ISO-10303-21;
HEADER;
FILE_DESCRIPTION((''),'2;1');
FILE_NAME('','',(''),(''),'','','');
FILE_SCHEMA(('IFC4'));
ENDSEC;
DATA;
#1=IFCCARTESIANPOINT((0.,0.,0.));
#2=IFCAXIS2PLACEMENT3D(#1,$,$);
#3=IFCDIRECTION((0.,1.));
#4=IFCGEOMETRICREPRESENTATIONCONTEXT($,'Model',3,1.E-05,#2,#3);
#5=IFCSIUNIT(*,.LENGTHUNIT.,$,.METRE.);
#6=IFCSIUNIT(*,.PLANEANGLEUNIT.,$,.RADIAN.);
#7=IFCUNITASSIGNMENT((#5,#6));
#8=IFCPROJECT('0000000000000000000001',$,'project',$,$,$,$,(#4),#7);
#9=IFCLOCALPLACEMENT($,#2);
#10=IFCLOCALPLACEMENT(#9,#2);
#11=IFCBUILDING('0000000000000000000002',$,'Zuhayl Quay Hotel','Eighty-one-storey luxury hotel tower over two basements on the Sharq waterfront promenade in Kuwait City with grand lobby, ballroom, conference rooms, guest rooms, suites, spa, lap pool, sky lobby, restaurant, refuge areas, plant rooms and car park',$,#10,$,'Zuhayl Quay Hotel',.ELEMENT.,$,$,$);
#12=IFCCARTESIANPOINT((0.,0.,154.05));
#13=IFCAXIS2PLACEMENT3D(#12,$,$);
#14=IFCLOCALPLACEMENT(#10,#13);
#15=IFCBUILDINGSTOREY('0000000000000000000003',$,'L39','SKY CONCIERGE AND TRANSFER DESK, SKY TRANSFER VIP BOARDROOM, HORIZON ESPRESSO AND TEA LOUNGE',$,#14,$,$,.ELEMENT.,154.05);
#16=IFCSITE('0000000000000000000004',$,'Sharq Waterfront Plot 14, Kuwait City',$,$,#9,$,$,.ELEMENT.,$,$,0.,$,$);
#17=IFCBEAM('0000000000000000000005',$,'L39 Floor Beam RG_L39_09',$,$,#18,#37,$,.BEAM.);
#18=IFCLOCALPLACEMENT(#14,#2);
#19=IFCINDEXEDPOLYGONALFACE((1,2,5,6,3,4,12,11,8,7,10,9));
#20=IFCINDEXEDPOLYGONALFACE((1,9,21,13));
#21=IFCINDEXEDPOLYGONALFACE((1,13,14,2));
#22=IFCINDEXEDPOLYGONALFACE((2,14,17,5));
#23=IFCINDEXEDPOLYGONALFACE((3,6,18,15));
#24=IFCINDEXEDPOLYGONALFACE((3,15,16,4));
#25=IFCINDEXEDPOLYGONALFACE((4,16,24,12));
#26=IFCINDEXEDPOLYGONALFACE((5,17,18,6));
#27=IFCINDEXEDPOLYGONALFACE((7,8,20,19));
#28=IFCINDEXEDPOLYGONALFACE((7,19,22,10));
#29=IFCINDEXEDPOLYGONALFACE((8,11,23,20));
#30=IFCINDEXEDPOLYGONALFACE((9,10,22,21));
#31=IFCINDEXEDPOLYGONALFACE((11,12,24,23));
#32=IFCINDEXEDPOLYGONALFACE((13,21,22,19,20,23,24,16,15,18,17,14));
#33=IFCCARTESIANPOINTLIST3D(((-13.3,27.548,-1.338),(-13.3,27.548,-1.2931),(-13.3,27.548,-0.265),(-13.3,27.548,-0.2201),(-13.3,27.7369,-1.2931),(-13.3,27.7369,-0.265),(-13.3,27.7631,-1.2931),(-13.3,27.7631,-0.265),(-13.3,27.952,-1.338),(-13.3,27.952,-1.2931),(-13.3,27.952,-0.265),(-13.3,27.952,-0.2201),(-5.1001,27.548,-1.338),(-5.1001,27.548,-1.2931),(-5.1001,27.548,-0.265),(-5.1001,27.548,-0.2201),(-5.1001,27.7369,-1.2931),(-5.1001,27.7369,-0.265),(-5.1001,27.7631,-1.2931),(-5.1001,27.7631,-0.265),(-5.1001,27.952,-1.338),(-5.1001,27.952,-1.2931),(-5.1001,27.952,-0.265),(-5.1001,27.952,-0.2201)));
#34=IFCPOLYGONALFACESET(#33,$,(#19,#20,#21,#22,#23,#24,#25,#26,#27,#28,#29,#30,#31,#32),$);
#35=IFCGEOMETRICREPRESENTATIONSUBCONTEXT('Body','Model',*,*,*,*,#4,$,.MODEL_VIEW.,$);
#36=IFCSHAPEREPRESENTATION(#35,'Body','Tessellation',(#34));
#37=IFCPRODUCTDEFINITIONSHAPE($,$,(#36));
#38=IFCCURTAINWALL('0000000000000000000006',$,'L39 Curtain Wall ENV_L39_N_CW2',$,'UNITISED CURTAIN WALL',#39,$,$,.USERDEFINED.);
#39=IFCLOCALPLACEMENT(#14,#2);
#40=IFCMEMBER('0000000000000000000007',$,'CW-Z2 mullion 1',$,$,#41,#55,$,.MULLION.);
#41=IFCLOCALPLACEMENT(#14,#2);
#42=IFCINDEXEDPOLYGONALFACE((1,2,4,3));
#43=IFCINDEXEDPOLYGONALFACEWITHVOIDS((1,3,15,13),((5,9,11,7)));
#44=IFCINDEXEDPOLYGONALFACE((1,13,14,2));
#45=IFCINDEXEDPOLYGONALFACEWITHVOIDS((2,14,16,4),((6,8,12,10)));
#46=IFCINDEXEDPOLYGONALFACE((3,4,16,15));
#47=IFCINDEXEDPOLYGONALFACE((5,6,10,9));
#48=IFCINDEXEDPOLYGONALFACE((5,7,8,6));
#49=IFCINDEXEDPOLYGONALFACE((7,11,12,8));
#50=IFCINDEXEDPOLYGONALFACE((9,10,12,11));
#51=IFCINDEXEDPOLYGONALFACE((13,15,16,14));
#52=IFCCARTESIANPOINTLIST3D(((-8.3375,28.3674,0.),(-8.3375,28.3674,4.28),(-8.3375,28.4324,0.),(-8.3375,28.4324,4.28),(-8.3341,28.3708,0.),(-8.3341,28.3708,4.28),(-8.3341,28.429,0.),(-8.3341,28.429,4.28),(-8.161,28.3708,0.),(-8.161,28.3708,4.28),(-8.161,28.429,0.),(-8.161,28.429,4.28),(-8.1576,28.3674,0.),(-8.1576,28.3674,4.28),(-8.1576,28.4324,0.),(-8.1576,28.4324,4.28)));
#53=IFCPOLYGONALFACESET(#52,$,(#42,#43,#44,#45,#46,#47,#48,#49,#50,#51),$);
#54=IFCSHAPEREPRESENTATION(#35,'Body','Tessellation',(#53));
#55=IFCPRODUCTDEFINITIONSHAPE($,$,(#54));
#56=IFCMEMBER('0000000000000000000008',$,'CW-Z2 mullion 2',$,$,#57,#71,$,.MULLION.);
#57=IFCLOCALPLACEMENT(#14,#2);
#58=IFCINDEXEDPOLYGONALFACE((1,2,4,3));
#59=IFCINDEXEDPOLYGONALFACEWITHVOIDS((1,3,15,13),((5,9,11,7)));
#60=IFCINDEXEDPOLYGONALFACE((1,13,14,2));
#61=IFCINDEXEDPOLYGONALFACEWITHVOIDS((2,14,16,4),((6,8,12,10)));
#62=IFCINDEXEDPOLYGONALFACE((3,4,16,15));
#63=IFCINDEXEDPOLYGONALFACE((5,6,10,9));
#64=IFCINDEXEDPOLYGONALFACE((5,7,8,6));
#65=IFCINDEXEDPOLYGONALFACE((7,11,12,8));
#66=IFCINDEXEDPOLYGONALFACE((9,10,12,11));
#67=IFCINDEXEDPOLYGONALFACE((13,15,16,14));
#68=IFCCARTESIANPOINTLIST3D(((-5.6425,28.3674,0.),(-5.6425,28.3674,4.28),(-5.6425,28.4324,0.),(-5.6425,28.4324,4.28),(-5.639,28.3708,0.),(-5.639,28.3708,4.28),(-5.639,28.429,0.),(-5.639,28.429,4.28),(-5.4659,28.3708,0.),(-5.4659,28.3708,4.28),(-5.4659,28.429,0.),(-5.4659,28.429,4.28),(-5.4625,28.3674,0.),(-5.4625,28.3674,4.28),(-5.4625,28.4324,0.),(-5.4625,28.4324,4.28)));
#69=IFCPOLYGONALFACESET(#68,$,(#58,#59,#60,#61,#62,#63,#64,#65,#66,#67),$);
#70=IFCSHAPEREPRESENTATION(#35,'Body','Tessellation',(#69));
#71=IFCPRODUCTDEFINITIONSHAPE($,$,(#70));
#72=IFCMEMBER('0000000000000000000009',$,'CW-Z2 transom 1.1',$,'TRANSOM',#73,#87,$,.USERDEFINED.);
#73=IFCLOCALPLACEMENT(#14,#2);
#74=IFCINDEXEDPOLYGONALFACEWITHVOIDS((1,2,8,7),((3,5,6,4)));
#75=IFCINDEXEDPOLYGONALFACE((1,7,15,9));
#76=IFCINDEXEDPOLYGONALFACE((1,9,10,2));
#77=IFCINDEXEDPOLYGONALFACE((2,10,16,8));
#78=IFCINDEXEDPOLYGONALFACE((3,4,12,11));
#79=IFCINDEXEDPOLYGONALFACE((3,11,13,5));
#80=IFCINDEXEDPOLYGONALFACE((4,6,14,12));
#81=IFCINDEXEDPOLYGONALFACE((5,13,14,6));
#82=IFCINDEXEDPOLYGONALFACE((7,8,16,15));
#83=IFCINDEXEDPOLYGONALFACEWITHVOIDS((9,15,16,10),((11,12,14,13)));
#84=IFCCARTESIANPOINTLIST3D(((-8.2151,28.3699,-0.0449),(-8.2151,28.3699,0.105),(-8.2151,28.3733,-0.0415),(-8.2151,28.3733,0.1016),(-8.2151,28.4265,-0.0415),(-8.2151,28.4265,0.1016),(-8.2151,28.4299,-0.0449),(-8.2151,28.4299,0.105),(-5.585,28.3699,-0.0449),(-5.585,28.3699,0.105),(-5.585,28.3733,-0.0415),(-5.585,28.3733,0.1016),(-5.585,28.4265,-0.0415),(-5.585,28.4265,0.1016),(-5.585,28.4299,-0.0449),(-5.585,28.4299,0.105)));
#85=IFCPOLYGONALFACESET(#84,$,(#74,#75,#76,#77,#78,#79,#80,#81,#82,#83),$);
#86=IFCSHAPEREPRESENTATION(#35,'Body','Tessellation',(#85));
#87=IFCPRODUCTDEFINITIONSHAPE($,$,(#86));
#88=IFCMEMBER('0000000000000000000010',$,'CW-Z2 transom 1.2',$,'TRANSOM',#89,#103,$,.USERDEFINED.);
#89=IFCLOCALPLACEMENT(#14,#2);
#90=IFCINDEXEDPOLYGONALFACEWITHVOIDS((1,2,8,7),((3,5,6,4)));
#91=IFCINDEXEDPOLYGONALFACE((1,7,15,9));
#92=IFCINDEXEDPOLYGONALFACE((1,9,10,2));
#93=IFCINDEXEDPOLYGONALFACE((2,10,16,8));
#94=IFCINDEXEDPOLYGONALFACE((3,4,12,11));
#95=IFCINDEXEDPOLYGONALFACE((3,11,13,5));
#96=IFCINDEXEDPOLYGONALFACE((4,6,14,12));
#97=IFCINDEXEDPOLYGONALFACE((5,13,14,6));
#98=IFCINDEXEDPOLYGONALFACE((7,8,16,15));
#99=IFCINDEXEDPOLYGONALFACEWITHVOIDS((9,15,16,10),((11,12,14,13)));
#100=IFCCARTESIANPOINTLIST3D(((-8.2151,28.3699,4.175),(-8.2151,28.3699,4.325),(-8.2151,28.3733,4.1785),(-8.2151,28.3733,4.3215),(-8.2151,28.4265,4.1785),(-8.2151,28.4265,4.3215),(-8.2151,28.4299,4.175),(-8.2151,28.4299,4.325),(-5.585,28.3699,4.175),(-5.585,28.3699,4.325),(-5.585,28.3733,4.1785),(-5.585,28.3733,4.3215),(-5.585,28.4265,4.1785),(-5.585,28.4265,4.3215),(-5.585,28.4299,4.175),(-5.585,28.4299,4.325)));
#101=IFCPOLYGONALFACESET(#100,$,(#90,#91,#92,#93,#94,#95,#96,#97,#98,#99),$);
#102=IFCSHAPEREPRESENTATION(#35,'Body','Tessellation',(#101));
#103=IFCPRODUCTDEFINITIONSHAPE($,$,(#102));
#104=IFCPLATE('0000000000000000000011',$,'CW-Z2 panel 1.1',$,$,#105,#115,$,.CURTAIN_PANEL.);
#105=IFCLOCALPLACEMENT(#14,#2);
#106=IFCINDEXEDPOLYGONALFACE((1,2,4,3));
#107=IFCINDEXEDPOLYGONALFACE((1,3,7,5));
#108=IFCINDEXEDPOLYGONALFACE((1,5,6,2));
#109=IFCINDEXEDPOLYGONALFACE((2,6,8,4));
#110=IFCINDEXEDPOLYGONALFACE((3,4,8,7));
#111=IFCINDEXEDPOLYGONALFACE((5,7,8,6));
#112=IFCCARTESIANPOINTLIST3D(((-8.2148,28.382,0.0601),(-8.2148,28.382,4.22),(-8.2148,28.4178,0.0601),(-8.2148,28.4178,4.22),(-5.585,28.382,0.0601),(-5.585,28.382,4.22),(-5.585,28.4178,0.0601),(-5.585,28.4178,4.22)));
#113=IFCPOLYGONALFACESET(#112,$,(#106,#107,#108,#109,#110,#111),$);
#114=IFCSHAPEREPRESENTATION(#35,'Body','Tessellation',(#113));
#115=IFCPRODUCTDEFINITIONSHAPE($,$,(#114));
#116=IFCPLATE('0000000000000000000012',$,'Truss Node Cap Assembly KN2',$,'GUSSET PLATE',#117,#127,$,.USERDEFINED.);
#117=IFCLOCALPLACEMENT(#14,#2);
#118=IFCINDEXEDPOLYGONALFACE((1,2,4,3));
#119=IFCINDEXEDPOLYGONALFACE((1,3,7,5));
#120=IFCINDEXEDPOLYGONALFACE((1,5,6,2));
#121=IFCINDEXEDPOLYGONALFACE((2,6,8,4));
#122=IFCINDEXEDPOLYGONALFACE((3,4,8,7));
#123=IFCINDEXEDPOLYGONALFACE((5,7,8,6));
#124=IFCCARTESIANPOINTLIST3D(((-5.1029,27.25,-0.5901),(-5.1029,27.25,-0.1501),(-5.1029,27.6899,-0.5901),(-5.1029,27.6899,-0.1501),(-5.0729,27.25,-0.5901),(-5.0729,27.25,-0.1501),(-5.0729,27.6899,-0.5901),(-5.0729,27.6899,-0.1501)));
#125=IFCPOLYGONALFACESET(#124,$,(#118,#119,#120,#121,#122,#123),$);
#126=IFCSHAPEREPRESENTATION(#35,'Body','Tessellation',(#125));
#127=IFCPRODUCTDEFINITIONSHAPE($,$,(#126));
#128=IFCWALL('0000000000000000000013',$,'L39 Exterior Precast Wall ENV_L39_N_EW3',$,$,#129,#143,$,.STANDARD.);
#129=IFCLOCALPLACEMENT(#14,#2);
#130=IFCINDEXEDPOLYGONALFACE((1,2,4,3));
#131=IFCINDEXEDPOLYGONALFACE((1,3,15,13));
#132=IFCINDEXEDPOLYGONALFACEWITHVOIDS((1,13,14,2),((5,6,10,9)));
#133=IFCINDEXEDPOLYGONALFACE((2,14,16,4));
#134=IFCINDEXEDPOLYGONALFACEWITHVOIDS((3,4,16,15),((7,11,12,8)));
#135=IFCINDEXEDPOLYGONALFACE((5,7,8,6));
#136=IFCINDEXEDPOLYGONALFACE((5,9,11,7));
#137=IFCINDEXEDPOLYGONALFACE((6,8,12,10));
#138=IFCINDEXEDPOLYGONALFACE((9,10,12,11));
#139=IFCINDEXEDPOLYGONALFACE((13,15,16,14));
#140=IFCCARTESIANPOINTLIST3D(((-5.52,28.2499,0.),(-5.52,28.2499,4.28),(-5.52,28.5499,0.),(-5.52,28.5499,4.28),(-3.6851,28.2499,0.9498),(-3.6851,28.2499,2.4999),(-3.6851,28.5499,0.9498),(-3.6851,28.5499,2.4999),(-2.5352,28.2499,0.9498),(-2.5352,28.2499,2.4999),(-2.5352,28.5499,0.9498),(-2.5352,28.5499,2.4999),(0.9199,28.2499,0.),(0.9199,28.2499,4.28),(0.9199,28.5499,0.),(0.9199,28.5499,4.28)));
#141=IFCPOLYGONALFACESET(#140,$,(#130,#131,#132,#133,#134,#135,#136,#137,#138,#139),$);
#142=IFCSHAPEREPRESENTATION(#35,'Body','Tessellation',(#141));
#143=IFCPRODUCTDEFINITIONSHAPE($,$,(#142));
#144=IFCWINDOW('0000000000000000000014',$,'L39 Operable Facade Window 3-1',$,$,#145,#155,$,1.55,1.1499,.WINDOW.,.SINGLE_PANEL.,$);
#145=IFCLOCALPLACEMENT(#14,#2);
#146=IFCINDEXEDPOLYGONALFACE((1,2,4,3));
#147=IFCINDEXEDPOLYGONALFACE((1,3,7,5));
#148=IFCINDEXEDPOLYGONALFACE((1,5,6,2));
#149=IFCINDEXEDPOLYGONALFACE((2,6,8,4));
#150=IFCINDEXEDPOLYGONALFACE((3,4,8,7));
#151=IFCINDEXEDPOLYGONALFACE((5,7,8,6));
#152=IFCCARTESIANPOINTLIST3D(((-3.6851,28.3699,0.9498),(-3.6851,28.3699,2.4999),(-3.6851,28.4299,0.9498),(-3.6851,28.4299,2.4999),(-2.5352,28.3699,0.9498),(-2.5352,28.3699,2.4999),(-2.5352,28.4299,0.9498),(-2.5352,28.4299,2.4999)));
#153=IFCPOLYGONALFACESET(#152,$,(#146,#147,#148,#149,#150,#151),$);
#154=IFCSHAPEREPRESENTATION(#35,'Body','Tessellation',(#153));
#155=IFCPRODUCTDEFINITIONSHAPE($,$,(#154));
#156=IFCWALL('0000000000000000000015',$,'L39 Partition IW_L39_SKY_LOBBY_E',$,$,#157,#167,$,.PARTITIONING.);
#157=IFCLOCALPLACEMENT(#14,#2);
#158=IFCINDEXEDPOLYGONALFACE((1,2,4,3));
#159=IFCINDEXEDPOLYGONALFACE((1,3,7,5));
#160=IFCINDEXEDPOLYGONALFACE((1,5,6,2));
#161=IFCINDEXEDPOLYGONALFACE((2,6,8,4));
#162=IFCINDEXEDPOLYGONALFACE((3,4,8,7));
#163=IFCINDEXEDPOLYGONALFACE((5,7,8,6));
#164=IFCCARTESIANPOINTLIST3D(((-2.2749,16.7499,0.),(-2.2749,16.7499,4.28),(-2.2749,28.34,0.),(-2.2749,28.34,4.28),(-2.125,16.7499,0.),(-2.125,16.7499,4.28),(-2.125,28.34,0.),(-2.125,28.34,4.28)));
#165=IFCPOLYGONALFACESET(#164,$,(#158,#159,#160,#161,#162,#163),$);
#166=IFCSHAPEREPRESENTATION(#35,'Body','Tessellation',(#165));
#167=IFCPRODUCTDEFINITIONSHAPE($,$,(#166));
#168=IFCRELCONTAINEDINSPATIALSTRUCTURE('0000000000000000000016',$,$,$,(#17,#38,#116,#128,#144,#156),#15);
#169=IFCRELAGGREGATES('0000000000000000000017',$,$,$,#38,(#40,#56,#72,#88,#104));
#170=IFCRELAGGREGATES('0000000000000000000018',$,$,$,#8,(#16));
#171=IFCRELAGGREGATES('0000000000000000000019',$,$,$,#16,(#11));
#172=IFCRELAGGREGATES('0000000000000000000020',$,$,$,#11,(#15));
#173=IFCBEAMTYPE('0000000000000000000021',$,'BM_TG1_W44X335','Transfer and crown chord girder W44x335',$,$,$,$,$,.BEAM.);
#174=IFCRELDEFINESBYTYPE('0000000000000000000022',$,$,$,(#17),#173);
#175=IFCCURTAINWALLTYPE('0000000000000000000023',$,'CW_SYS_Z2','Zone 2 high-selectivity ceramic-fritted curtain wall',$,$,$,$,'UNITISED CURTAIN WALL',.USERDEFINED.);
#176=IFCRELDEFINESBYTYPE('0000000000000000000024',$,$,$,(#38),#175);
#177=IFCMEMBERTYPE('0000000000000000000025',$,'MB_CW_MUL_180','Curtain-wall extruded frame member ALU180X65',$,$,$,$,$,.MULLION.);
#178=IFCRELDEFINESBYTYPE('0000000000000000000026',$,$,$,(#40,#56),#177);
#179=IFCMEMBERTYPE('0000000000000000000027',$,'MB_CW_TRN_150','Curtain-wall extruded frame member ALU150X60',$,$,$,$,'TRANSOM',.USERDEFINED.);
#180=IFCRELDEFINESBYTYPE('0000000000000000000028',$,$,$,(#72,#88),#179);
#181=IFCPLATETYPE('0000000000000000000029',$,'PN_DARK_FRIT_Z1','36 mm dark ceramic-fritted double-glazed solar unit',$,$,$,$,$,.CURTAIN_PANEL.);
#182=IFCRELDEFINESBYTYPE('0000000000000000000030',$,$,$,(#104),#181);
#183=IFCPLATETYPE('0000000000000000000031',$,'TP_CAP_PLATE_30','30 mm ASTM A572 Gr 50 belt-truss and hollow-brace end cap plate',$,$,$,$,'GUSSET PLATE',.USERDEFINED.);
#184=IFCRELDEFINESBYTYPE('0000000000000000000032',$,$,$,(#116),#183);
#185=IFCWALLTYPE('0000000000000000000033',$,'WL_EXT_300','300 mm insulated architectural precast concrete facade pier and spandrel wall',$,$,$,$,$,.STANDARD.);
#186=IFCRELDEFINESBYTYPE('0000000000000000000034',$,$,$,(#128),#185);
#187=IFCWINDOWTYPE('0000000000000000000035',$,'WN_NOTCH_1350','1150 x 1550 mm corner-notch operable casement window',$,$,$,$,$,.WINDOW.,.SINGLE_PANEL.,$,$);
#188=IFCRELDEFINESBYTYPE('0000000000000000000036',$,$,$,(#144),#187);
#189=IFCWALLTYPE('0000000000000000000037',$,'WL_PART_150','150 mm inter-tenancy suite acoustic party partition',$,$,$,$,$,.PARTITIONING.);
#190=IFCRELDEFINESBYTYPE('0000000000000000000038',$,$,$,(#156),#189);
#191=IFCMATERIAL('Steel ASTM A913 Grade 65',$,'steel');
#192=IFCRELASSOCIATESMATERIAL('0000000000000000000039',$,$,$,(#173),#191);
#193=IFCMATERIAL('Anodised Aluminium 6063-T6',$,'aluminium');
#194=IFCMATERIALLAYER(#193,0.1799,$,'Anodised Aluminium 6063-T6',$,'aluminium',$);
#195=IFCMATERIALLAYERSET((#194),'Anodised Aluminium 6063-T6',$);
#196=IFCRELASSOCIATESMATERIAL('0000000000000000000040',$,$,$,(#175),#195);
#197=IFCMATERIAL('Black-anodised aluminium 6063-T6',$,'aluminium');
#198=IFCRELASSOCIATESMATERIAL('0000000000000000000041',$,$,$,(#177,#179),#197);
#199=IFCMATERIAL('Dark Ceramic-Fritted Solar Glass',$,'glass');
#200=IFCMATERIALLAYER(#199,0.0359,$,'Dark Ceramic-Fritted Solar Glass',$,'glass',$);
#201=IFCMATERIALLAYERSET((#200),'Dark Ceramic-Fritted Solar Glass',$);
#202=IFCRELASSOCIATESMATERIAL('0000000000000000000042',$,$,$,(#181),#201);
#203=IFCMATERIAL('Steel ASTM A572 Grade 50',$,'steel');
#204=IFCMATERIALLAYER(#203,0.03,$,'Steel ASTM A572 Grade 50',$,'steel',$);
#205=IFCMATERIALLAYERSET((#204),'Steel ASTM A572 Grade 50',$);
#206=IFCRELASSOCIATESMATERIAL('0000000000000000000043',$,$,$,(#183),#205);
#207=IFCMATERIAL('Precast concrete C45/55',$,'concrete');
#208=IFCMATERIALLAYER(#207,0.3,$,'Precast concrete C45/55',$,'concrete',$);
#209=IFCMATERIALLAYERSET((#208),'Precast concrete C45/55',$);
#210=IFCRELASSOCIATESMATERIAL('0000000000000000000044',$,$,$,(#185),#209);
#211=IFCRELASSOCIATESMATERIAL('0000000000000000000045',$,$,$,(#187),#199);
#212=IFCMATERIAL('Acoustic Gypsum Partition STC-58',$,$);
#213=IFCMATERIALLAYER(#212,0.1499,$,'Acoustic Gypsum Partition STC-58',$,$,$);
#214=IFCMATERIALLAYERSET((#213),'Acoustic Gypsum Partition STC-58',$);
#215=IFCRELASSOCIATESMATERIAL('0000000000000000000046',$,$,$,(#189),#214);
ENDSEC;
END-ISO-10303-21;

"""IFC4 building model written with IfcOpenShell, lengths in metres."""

from ifc_helpers import new_model, si_unit, direction, frame, frame_2d, origin, origin_2d, place, context, subcontext, project, spatial, rectangle, hollow_rectangle, i_section, extrude, material, layer, layer_set, material_profile, profile_set, type_object, element, fill, aggregate, save


model = new_model("IFC4")

# Units and contexts
model_context = context("Model", 3, precision=1e-05, world=origin(), true_north=direction((0.0, 1.0)))
body_context = subcontext(model_context, "Body", "Model", "MODEL_VIEW")
ifc_project = project(units=[si_unit("LENGTHUNIT", "METRE"), si_unit("PLANEANGLEUNIT", "RADIAN")], contexts=[model_context])

# Site, building, storey
site_placement = place(None, origin())
site = spatial("IfcSite", under=ifc_project, at=site_placement, Name="Sharq Waterfront Plot 14, Kuwait City", CompositionType="ELEMENT", RefElevation=0.0)
building_placement = place(site_placement, origin())
building = spatial("IfcBuilding", under=site, at=building_placement, Name="Zuhayl Quay Hotel", Description="Eighty-one-storey luxury hotel tower over two basements on the Sharq waterfront promenade in Kuwait City with grand lobby, ballroom, conference rooms, guest rooms, suites, spa, lap pool, sky lobby, restaurant, refuge areas, plant rooms and car park", LongName="Zuhayl Quay Hotel", CompositionType="ELEMENT")
storey_placement = place(building_placement, frame((0.0, 0.0, 154.05)))
storey = spatial("IfcBuildingStorey", under=building, at=storey_placement, Name="L39", Description="SKY CONCIERGE AND TRANSFER DESK, SKY TRANSFER VIP BOARDROOM, HORIZON ESPRESSO AND TEA LOUNGE", CompositionType="ELEMENT", Elevation=154.05)

# Shared definitions
ifc_material_1 = material(Name="Steel ASTM A913 Grade 65", Category="steel")

# Beam
ifc_material_profile_1 = material_profile(ifc_material_1, i_section(OverallWidth=0.4041, OverallDepth=1.1179, WebThickness=0.0261, FlangeThickness=0.0449, at=origin_2d()), Name="W44X335")
ifc_profile_set_1 = profile_set([ifc_material_profile_1], Name="Steel ASTM A913 Grade 65")
beam_type_1 = type_object("IfcBeamType", Name="BM_TG1_W44X335", Description="Transfer and crown chord girder W44x335", PredefinedType="BEAM", material=ifc_profile_set_1)
beam_1_placement = place(storey_placement, frame((-5.1001, 27.75, -0.7791), z_axis=(-1.0, 0.0, 0.0), x_axis=(0.0, -1.0, 0.0)))
element("IfcBeam", 1, at=beam_1_placement, inside=storey, type_object=beam_type_1, Name="L39 Floor Beam RG_L39_09", PredefinedType="BEAM", context=body_context, shape_type="SweptSolid", body=[
    extrude(i_section(OverallWidth=0.4041, OverallDepth=1.1179, WebThickness=0.0261, FlangeThickness=0.0449, at=origin_2d()), origin(), (0.0, 0.0, 1.0), 8.2),
])

# Curtain wall, members, plate
ifc_material_2 = material(Name="Anodised Aluminium 6063-T6", Category="aluminium")
ifc_layer_1 = layer(ifc_material_2, 0.1799, Name="Anodised Aluminium 6063-T6", Category="aluminium")
ifc_layer_set_1 = layer_set([ifc_layer_1], Name="Anodised Aluminium 6063-T6")
curtain_wall_type = type_object("IfcCurtainWallType", Name="CW_SYS_Z2", Description="Zone 2 high-selectivity ceramic-fritted curtain wall", ElementType="UNITISED CURTAIN WALL", PredefinedType="USERDEFINED", material=ifc_layer_set_1)
curtain_wall_placement = place(storey_placement, origin())
curtain_wall = element("IfcCurtainWall", 2, at=curtain_wall_placement, inside=storey, type_object=curtain_wall_type, Name="L39 Curtain Wall ENV_L39_N_CW2", ObjectType="UNITISED CURTAIN WALL", PredefinedType="USERDEFINED")
ifc_material_3 = material(Name="Black-anodised aluminium 6063-T6", Category="aluminium")
ifc_material_profile_2 = material_profile(ifc_material_3, hollow_rectangle(XDim=0.0649, YDim=0.1799, WallThickness=0.0034, at=origin_2d()), Name="ALU180X65")
ifc_profile_set_2 = profile_set([ifc_material_profile_2], Name="Black-anodised aluminium 6063-T6")
member_type_1 = type_object("IfcMemberType", Name="MB_CW_MUL_180", Description="Curtain-wall extruded frame member ALU180X65", PredefinedType="MULLION", material=ifc_profile_set_2)
member_1_placement = place(storey_placement, frame((-8.2476, 28.3999, 0.0), z_axis=(0.0, 0.0, 1.0), x_axis=(0.0, 1.0, 0.0)))
member_1 = element("IfcMember", 3, at=member_1_placement, type_object=member_type_1, Name="CW-Z2 mullion 1", PredefinedType="MULLION", context=body_context, shape_type="SweptSolid", body=[
    extrude(hollow_rectangle(XDim=0.0649, YDim=0.1799, WallThickness=0.0034, at=origin_2d()), origin(), (0.0, 0.0, 1.0), 4.28),
])
member_2_placement = place(storey_placement, frame((-5.5525, 28.3999, 0.0), z_axis=(0.0, 0.0, 1.0), x_axis=(0.0, 1.0, 0.0)))
member_2 = element("IfcMember", 4, at=member_2_placement, type_object=member_type_1, Name="CW-Z2 mullion 2", PredefinedType="MULLION", context=body_context, shape_type="SweptSolid", body=[
    extrude(hollow_rectangle(XDim=0.0649, YDim=0.1799, WallThickness=0.0034, at=origin_2d()), origin(), (0.0, 0.0, 1.0), 4.28),
])
ifc_material_profile_3 = material_profile(ifc_material_3, hollow_rectangle(XDim=0.0601, YDim=0.1499, WallThickness=0.0034, at=origin_2d()), Name="ALU150X60")
ifc_profile_set_3 = profile_set([ifc_material_profile_3], Name="Black-anodised aluminium 6063-T6")
member_type_2 = type_object("IfcMemberType", Name="MB_CW_TRN_150", Description="Curtain-wall extruded frame member ALU150X60", ElementType="TRANSOM", PredefinedType="USERDEFINED", material=ifc_profile_set_3)
member_3_placement = place(storey_placement, frame((-8.2151, 28.3999, 0.03), z_axis=(1.0, 0.0, 0.0), x_axis=(0.0, 1.0, 0.0)))
member_3 = element("IfcMember", 5, at=member_3_placement, type_object=member_type_2, Name="CW-Z2 transom 1.1", ObjectType="TRANSOM", PredefinedType="USERDEFINED", context=body_context, shape_type="SweptSolid", body=[
    extrude(hollow_rectangle(XDim=0.0601, YDim=0.1499, WallThickness=0.0034, at=origin_2d()), origin(), (0.0, 0.0, 1.0), 2.6301),
])
member_4_placement = place(storey_placement, frame((-8.2151, 28.3999, 4.25), z_axis=(1.0, 0.0, 0.0), x_axis=(0.0, 1.0, 0.0)))
member_4 = element("IfcMember", 6, at=member_4_placement, type_object=member_type_2, Name="CW-Z2 transom 1.2", ObjectType="TRANSOM", PredefinedType="USERDEFINED", context=body_context, shape_type="SweptSolid", body=[
    extrude(hollow_rectangle(XDim=0.0601, YDim=0.1499, WallThickness=0.0034, at=origin_2d()), origin(), (0.0, 0.0, 1.0), 2.6301),
])
ifc_material_4 = material(Name="Dark Ceramic-Fritted Solar Glass", Category="glass")
ifc_layer_2 = layer(ifc_material_4, 0.0359, Name="Dark Ceramic-Fritted Solar Glass", Category="glass")
ifc_layer_set_2 = layer_set([ifc_layer_2], Name="Dark Ceramic-Fritted Solar Glass")
plate_type_1 = type_object("IfcPlateType", Name="PN_DARK_FRIT_Z1", Description="36 mm dark ceramic-fritted double-glazed solar unit", PredefinedType="CURTAIN_PANEL", material=ifc_layer_set_2)
plate_1_placement = place(storey_placement, frame((-6.8999, 28.3999, 0.0601), z_axis=(0.0, 0.0, 1.0), x_axis=(1.0, 0.0, 0.0)))
plate_1 = element("IfcPlate", 7, at=plate_1_placement, type_object=plate_type_1, Name="CW-Z2 panel 1.1", PredefinedType="CURTAIN_PANEL", context=body_context, shape_type="SweptSolid", body=[
    extrude(rectangle(XDim=2.6299, YDim=0.0359, at=origin_2d()), origin(), (0.0, 0.0, 1.0), 4.1599),
])
aggregate(curtain_wall, [member_1, member_2, member_3, member_4, plate_1])

# Plate
ifc_material_5 = material(Name="Steel ASTM A572 Grade 50", Category="steel")
ifc_layer_3 = layer(ifc_material_5, 0.03, Name="Steel ASTM A572 Grade 50", Category="steel")
ifc_layer_set_3 = layer_set([ifc_layer_3], Name="Steel ASTM A572 Grade 50")
plate_type_2 = type_object("IfcPlateType", Name="TP_CAP_PLATE_30", Description="30 mm ASTM A572 Gr 50 belt-truss and hollow-brace end cap plate", ElementType="GUSSET PLATE", PredefinedType="USERDEFINED", material=ifc_layer_set_3)
plate_2_placement = place(storey_placement, frame((-5.0879, 27.47, -0.5901), z_axis=(0.0, 0.0, 1.0), x_axis=(1.0, 0.0, 0.0)))
element("IfcPlate", 8, at=plate_2_placement, inside=storey, type_object=plate_type_2, Name="Truss Node Cap Assembly KN2", ObjectType="GUSSET PLATE", PredefinedType="USERDEFINED", context=body_context, shape_type="SweptSolid", body=[
    extrude(rectangle(XDim=0.03, YDim=0.4399, at=origin_2d()), origin(), (0.0, 0.0, 1.0), 0.4399),
])

# Wall, opening, window
ifc_material_6 = material(Name="Precast concrete C45/55", Category="concrete")
ifc_layer_4 = layer(ifc_material_6, 0.3, Name="Precast concrete C45/55", Category="concrete")
ifc_layer_set_4 = layer_set([ifc_layer_4], Name="Precast concrete C45/55")
wall_type_1 = type_object("IfcWallType", Name="WL_EXT_300", Description="300 mm insulated architectural precast concrete facade pier and spandrel wall", PredefinedType="STANDARD", material=ifc_layer_set_4)
wall_1_placement = place(storey_placement, frame((-5.52, 28.3999, 0.0), z_axis=(0.0, 0.0, 1.0), x_axis=(1.0, 0.0, 0.0)))
wall_1 = element("IfcWall", 9, at=wall_1_placement, inside=storey, type_object=wall_type_1, Name="L39 Exterior Precast Wall ENV_L39_N_EW3", PredefinedType="STANDARD", context=body_context, shape_type="SweptSolid", body=[
    extrude(rectangle(XDim=6.4399, YDim=0.3, at=frame_2d((3.22, 0.0))), origin(), (0.0, 0.0, 1.0), 4.28),
])
opening_1_placement = place(wall_1_placement, frame((1.835, 0.0, 0.95)))
opening_1 = element("IfcOpeningElement", 10, at=opening_1_placement, cuts=wall_1, PredefinedType="OPENING", context=body_context, shape_type="SweptSolid", body=[
    extrude(rectangle(XDim=1.1499, YDim=1.55, at=frame_2d((0.575, 0.7749))), frame((0.0, 0.1599, 0.0), z_axis=(0.0, -1.0, 0.0), x_axis=(1.0, 0.0, 0.0)), (0.0, 0.0, 1.0), 0.3201),
])
window_type = type_object("IfcWindowType", Name="WN_NOTCH_1350", Description="1150 x 1550 mm corner-notch operable casement window", PartitioningType="SINGLE_PANEL", PredefinedType="WINDOW", material=ifc_material_4)
window_placement = place(opening_1_placement, origin())
window = element("IfcWindow", 11, at=window_placement, inside=storey, type_object=window_type, Name="L39 Operable Facade Window 3-1", OverallHeight=1.55, OverallWidth=1.1499, PartitioningType="SINGLE_PANEL", PredefinedType="WINDOW", context=body_context, shape_type="SweptSolid", body=[
    extrude(rectangle(XDim=1.1499, YDim=1.55, at=frame_2d((0.575, 0.7749))), frame((0.0, 0.03, 0.0), z_axis=(0.0, -1.0, 0.0), x_axis=(1.0, 0.0, 0.0)), (0.0, 0.0, 1.0), 0.0601),
])
fill(opening_1, window)

# Wall
ifc_material_7 = material(Name="Acoustic Gypsum Partition STC-58")
ifc_layer_5 = layer(ifc_material_7, 0.1499, Name="Acoustic Gypsum Partition STC-58")
ifc_layer_set_5 = layer_set([ifc_layer_5], Name="Acoustic Gypsum Partition STC-58")
wall_type_2 = type_object("IfcWallType", Name="WL_PART_150", Description="150 mm inter-tenancy suite acoustic party partition", PredefinedType="PARTITIONING", material=ifc_layer_set_5)
wall_2_placement = place(storey_placement, frame((-2.2, 16.75, 0.0), z_axis=(0.0, 0.0, 1.0), x_axis=(0.0, 1.0, 0.0)))
element("IfcWall", 12, at=wall_2_placement, inside=storey, type_object=wall_type_2, Name="L39 Partition IW_L39_SKY_LOBBY_E", PredefinedType="PARTITIONING", context=body_context, shape_type="SweptSolid", body=[
    extrude(rectangle(XDim=11.5901, YDim=0.1499, at=frame_2d((5.7949, 0.0))), origin(), (0.0, 0.0, 1.0), 4.28),
])

save(model, "model.ifc")
